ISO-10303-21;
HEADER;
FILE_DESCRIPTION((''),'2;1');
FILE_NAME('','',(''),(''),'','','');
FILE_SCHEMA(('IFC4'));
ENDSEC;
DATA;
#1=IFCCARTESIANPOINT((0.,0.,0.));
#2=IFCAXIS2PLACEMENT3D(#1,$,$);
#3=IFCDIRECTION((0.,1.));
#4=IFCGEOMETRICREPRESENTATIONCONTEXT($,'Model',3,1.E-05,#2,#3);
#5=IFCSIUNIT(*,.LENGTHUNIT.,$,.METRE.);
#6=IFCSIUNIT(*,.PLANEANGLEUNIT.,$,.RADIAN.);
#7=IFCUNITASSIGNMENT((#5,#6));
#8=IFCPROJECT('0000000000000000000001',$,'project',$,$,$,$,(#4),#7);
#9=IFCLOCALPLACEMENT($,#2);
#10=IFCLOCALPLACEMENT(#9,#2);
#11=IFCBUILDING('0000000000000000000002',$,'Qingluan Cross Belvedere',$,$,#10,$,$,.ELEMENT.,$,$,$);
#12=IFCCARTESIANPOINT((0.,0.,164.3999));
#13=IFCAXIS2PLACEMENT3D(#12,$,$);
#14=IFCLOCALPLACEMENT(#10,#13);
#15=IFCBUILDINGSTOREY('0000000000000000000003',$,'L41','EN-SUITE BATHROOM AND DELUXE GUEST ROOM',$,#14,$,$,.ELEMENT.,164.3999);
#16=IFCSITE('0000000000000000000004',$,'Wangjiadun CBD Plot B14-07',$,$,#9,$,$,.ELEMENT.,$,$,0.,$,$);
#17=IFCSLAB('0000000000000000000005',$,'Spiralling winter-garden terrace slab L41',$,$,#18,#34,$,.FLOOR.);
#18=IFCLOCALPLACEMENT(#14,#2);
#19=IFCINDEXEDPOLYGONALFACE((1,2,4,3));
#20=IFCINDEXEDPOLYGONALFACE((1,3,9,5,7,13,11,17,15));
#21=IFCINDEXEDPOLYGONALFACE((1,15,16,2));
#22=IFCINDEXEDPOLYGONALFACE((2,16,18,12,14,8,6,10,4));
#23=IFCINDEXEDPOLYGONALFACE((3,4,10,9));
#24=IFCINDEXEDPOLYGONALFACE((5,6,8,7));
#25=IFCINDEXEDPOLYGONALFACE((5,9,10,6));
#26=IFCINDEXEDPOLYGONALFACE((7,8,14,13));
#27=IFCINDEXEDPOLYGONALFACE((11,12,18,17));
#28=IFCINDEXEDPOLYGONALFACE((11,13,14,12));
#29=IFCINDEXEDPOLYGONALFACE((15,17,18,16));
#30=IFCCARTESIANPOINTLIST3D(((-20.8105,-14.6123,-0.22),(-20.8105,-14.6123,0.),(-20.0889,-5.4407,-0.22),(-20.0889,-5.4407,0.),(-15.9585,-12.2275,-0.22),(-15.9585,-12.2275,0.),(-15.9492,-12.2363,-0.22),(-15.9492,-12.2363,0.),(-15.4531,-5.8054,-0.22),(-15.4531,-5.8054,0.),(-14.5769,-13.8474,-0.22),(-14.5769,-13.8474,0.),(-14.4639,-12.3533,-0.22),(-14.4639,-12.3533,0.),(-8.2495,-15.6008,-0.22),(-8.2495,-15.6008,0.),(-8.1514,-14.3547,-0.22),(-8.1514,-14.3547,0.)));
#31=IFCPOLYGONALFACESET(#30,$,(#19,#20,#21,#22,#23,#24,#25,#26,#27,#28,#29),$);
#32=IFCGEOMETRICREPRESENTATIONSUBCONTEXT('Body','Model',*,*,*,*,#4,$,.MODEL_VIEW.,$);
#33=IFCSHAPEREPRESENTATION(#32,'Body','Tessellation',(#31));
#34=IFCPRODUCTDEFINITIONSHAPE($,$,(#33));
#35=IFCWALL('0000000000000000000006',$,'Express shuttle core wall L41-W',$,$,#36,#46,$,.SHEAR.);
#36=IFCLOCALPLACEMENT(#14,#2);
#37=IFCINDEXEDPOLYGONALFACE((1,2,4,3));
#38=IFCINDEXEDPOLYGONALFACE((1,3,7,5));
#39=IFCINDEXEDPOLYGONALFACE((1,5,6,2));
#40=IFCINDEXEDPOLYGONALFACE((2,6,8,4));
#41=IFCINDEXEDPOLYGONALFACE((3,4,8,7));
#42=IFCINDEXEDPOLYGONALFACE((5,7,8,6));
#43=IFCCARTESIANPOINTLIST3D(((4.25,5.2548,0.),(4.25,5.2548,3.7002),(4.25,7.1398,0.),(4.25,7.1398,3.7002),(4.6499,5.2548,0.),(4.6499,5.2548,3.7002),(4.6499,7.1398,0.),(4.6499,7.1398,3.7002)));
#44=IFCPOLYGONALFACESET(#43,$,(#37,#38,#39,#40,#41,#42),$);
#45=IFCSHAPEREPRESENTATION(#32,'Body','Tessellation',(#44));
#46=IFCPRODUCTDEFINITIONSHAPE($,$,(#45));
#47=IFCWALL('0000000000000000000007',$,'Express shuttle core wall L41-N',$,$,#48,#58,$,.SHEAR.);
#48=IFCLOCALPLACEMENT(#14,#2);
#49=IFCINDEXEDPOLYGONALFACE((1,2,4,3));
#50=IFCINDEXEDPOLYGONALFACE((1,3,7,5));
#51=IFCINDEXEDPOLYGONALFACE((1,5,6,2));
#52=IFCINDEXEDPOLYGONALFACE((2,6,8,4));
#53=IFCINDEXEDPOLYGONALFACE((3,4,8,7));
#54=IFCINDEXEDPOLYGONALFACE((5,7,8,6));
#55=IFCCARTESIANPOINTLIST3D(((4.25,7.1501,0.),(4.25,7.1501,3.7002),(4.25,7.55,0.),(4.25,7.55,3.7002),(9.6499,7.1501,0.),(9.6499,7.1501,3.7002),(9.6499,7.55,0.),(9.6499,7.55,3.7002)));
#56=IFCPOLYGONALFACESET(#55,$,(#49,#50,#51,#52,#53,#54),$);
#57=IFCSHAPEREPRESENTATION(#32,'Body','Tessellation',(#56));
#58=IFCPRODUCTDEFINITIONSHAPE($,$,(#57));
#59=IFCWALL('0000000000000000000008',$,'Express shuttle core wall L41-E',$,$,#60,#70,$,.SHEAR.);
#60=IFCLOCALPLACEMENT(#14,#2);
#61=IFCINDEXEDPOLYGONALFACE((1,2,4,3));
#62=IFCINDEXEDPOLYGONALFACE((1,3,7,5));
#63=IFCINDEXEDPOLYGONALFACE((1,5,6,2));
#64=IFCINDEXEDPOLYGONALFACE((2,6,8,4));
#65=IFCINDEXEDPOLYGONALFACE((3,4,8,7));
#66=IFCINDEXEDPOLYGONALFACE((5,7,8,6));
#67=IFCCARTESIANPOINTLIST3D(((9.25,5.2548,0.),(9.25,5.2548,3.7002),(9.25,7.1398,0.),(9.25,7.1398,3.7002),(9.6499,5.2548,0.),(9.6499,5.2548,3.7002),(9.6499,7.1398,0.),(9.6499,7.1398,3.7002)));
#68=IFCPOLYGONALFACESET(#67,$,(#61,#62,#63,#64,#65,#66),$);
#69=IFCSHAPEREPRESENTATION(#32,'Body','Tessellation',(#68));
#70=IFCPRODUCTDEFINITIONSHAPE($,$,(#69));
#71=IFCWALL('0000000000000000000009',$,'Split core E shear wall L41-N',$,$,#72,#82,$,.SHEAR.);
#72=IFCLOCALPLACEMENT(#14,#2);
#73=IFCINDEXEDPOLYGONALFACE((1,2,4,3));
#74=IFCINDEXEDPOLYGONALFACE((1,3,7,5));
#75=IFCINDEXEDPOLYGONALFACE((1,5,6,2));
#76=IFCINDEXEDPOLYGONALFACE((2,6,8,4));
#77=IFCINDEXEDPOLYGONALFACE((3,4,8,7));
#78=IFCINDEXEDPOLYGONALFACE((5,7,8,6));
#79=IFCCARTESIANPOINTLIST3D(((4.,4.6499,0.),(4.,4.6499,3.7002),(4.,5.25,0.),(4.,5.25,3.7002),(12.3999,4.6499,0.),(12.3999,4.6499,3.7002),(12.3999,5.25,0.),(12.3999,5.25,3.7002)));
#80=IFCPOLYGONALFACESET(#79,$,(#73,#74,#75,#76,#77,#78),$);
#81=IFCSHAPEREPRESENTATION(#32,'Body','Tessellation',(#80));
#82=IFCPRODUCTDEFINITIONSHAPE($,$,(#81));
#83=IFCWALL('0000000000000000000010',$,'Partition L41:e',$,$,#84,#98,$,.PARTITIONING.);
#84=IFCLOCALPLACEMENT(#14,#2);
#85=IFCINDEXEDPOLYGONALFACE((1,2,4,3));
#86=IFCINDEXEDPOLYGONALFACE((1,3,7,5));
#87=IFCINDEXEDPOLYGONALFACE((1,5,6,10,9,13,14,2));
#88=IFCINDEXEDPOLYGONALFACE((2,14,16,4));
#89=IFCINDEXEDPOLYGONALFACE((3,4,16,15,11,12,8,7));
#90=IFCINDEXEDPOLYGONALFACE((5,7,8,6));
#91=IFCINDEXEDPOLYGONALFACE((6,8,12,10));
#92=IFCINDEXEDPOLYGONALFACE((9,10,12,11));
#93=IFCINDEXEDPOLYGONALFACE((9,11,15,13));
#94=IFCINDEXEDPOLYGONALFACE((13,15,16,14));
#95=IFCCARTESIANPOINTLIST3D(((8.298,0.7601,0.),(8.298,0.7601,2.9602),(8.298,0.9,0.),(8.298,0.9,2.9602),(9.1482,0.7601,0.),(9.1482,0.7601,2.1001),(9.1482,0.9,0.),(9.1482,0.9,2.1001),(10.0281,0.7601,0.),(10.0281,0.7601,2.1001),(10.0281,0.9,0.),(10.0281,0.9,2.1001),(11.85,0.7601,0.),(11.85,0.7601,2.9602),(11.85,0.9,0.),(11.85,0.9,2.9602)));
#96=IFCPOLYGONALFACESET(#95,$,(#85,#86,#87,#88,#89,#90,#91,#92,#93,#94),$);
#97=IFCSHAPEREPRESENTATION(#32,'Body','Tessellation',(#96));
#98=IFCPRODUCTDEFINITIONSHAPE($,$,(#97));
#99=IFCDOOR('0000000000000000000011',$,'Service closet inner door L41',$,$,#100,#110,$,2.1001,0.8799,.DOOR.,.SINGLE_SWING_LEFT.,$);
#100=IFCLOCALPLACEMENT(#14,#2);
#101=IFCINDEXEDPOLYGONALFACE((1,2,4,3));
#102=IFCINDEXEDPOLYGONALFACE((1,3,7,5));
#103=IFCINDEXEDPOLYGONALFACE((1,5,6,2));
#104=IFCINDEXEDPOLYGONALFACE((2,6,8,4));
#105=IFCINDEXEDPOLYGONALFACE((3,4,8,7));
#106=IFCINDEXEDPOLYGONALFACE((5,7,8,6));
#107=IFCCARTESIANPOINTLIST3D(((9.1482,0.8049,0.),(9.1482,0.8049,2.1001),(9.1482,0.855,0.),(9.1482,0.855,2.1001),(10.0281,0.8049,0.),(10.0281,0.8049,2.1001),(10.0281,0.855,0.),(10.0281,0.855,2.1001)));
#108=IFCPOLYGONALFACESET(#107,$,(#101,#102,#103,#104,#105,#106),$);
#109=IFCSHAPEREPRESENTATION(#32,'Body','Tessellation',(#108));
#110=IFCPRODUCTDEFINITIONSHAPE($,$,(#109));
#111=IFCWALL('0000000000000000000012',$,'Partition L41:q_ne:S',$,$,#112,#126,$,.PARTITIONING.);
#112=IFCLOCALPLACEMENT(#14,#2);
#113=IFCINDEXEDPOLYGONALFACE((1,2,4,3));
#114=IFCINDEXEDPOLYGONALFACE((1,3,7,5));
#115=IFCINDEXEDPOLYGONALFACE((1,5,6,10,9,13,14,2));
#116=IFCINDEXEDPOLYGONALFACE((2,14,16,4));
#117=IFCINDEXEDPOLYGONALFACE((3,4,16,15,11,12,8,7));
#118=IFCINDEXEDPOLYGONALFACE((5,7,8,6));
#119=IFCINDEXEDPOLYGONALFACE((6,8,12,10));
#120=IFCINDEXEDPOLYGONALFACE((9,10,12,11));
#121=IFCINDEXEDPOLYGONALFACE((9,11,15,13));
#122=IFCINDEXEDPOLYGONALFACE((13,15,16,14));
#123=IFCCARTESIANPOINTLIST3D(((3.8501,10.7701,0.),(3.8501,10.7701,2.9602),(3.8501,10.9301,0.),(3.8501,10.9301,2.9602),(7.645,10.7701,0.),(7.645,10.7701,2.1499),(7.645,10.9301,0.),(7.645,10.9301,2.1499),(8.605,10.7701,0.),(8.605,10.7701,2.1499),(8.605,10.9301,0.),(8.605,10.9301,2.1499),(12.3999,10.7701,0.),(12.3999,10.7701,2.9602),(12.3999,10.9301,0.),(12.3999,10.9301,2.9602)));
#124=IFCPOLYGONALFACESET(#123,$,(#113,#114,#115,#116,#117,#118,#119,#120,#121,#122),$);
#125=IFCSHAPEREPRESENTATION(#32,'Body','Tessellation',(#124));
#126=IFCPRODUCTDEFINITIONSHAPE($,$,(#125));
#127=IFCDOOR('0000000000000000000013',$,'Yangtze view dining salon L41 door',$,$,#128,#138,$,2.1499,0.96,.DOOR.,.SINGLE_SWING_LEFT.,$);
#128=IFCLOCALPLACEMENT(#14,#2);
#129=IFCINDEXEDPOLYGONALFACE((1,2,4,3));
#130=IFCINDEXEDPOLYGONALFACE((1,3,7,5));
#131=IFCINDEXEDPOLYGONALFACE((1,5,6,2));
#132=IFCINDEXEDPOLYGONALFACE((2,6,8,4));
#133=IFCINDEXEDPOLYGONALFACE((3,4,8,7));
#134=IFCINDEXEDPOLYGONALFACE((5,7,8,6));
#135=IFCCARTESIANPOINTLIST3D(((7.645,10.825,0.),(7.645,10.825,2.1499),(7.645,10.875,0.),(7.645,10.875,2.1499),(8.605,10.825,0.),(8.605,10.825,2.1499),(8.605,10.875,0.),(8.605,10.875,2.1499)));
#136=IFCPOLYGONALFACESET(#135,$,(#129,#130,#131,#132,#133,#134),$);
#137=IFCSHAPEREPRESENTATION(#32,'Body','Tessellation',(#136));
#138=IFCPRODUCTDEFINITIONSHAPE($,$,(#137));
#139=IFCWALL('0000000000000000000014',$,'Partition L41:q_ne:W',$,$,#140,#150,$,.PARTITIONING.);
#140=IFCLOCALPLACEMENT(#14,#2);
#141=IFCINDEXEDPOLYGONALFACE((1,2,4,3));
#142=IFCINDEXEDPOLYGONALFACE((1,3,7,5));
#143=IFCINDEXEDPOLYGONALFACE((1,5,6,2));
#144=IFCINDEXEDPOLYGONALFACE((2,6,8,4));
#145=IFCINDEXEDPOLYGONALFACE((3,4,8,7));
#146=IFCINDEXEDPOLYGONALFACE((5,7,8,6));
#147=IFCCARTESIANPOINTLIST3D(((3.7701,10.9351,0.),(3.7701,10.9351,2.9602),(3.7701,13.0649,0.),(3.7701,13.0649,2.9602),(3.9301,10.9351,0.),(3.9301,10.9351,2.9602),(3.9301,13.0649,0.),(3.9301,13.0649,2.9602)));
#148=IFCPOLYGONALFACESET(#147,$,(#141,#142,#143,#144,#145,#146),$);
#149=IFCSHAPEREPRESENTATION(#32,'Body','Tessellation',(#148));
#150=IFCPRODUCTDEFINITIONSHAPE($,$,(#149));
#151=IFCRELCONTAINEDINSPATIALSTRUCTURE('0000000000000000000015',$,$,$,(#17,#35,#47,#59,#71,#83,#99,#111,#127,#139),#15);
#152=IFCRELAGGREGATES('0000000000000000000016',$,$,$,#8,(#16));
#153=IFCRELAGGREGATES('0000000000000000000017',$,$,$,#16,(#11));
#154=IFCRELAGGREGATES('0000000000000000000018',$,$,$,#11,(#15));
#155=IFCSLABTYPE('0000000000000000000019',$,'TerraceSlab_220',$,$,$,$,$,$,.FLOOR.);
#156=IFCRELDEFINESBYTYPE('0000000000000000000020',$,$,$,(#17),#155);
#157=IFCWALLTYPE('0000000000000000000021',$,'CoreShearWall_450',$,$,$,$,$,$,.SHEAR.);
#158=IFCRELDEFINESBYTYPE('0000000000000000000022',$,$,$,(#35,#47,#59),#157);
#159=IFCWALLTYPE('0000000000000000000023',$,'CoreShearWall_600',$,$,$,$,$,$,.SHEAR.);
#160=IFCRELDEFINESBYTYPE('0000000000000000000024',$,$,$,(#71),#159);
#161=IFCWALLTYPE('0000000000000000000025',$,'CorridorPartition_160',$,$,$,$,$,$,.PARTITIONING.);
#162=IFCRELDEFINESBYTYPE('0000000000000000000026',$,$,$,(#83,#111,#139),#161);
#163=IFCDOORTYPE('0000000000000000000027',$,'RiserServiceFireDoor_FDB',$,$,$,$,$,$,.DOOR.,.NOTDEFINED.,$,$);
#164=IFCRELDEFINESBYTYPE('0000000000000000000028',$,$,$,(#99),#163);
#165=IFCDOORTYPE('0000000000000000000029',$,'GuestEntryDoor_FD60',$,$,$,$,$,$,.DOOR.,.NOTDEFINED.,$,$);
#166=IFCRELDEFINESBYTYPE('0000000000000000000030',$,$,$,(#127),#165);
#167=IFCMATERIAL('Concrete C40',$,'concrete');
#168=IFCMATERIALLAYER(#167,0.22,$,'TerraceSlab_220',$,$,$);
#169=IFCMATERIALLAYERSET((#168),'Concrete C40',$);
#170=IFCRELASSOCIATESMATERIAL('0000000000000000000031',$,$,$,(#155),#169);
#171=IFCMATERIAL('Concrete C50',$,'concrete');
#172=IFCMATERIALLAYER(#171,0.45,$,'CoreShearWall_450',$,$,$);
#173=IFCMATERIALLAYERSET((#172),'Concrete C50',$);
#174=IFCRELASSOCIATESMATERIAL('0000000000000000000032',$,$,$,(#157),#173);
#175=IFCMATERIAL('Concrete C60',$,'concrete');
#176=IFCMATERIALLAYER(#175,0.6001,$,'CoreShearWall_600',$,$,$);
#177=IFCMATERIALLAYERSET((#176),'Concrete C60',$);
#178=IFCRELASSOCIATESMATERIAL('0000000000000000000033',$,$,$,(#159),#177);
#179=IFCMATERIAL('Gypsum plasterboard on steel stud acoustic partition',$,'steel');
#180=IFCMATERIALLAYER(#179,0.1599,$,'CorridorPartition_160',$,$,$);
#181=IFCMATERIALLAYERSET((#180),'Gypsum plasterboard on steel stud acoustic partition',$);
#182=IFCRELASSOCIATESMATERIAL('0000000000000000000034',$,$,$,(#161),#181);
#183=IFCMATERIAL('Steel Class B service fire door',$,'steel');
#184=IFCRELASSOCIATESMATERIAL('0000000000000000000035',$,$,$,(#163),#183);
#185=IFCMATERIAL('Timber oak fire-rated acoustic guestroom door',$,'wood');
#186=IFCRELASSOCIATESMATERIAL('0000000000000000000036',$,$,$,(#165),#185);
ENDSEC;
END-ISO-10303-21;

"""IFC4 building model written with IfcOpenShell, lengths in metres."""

from ifc_helpers import new_model, si_unit, direction, frame, frame_2d, origin, place, context, subcontext, project, spatial, polyline, rectangle, outline, extrude, material, layer, layer_set, type_object, element, fill, save


model = new_model("IFC4")

# Units and contexts
model_context = context("Model", 3, precision=1e-05, world=origin(), true_north=direction((0.0, 1.0)))
body_context = subcontext(model_context, "Body", "Model", "MODEL_VIEW")
ifc_project = project(units=[si_unit("LENGTHUNIT", "METRE"), si_unit("PLANEANGLEUNIT", "RADIAN")], contexts=[model_context])

# Site, building, storey
site_placement = place(None, origin())
site = spatial("IfcSite", under=ifc_project, at=site_placement, Name="Wangjiadun CBD Plot B14-07", CompositionType="ELEMENT", RefElevation=0.0)
building_placement = place(site_placement, origin())
building = spatial("IfcBuilding", under=site, at=building_placement, Name="Qingluan Cross Belvedere", CompositionType="ELEMENT")
storey_placement = place(building_placement, frame((0.0, 0.0, 164.3999)))
storey = spatial("IfcBuildingStorey", under=building, at=storey_placement, Name="L41", Description="EN-SUITE BATHROOM AND DELUXE GUEST ROOM", CompositionType="ELEMENT", Elevation=164.3999)

# Slab
ifc_material_1 = material(Name="Concrete C40", Category="concrete")
ifc_layer_1 = layer(ifc_material_1, 0.22, Name="TerraceSlab_220")
ifc_layer_set_1 = layer_set([ifc_layer_1], Name="Concrete C40")
slab_type_1 = type_object("IfcSlabType", Name="TerraceSlab_220", PredefinedType="FLOOR", material=ifc_layer_set_1)
slab_1_placement = place(storey_placement, frame((0.0, 0.0, -0.22)))
element("IfcSlab", 1, at=slab_1_placement, inside=storey, type_object=slab_type_1, Name="Spiralling winter-garden terrace slab L41", PredefinedType="FLOOR", context=body_context, shape_type="SweptSolid", body=[
    extrude(outline(polyline([(-8.1514, -14.3547), (-14.5769, -13.8474), (-14.4639, -12.3533), (-15.9492, -12.2363), (-15.9585, -12.2275), (-15.4531, -5.8054), (-20.0889, -5.4407), (-20.8105, -14.6123), (-8.2495, -15.6008), (-8.1514, -14.3547)])), origin(), (0.0, 0.0, 1.0), 0.22),
])

# Walls
ifc_material_2 = material(Name="Concrete C50", Category="concrete")
ifc_layer_2 = layer(ifc_material_2, 0.45, Name="CoreShearWall_450")
ifc_layer_set_2 = layer_set([ifc_layer_2], Name="Concrete C50")
wall_type_1 = type_object("IfcWallType", Name="CoreShearWall_450", PredefinedType="SHEAR", material=ifc_layer_set_2)
wall_1_placement = place(storey_placement, frame((4.45, 5.2549, 0.0), z_axis=(0.0, 0.0, 1.0), x_axis=(0.0, 1.0, 0.0)))
element("IfcWall", 2, at=wall_1_placement, inside=storey, type_object=wall_type_1, Name="Express shuttle core wall L41-W", PredefinedType="SHEAR", context=body_context, shape_type="SweptSolid", body=[
    extrude(rectangle(XDim=1.885, YDim=0.3999, at=frame_2d((0.9424, 0.0))), origin(), (0.0, 0.0, 1.0), 3.7002),
])
wall_2_placement = place(storey_placement, frame((4.25, 7.3501, 0.0), z_axis=(0.0, 0.0, 1.0), x_axis=(1.0, 0.0, 0.0)))
element("IfcWall", 3, at=wall_2_placement, inside=storey, type_object=wall_type_1, Name="Express shuttle core wall L41-N", PredefinedType="SHEAR", context=body_context, shape_type="SweptSolid", body=[
    extrude(rectangle(XDim=5.3999, YDim=0.3999, at=frame_2d((2.7, 0.0))), origin(), (0.0, 0.0, 1.0), 3.7002),
])
wall_3_placement = place(storey_placement, frame((9.45, 5.2549, 0.0), z_axis=(0.0, 0.0, 1.0), x_axis=(0.0, 1.0, 0.0)))
element("IfcWall", 4, at=wall_3_placement, inside=storey, type_object=wall_type_1, Name="Express shuttle core wall L41-E", PredefinedType="SHEAR", context=body_context, shape_type="SweptSolid", body=[
    extrude(rectangle(XDim=1.885, YDim=0.3999, at=frame_2d((0.9424, 0.0))), origin(), (0.0, 0.0, 1.0), 3.7002),
])
ifc_material_3 = material(Name="Concrete C60", Category="concrete")
ifc_layer_3 = layer(ifc_material_3, 0.6001, Name="CoreShearWall_600")
ifc_layer_set_3 = layer_set([ifc_layer_3], Name="Concrete C60")
wall_type_2 = type_object("IfcWallType", Name="CoreShearWall_600", PredefinedType="SHEAR", material=ifc_layer_set_3)
wall_4_placement = place(storey_placement, frame((4.0, 4.95, 0.0), z_axis=(0.0, 0.0, 1.0), x_axis=(1.0, 0.0, 0.0)))
element("IfcWall", 5, at=wall_4_placement, inside=storey, type_object=wall_type_2, Name="Split core E shear wall L41-N", PredefinedType="SHEAR", context=body_context, shape_type="SweptSolid", body=[
    extrude(rectangle(XDim=8.3999, YDim=0.6001, at=frame_2d((4.2, 0.0))), origin(), (0.0, 0.0, 1.0), 3.7002),
])

# Walls, openings, doors
ifc_material_4 = material(Name="Gypsum plasterboard on steel stud acoustic partition", Category="steel")
ifc_layer_4 = layer(ifc_material_4, 0.1599, Name="CorridorPartition_160")
ifc_layer_set_4 = layer_set([ifc_layer_4], Name="Gypsum plasterboard on steel stud acoustic partition")
wall_type_3 = type_object("IfcWallType", Name="CorridorPartition_160", PredefinedType="PARTITIONING", material=ifc_layer_set_4)
wall_5_placement = place(storey_placement, frame((8.2981, 0.8301, 0.0), z_axis=(0.0, 0.0, 1.0), x_axis=(1.0, 0.0, 0.0)))
wall_5 = element("IfcWall", 6, at=wall_5_placement, inside=storey, type_object=wall_type_3, Name="Partition L41:e", PredefinedType="PARTITIONING", context=body_context, shape_type="SweptSolid", body=[
    extrude(rectangle(XDim=3.552, YDim=0.1399, at=frame_2d((1.7759, 0.0))), origin(), (0.0, 0.0, 1.0), 2.9602),
])
opening_1_placement = place(wall_5_placement, frame((0.8501, 0.0, 0.0)))
opening_1 = element("IfcOpeningElement", 7, at=opening_1_placement, cuts=wall_5, PredefinedType="OPENING", context=body_context, shape_type="SweptSolid", body=[
    extrude(rectangle(XDim=0.8799, YDim=2.1001, at=frame_2d((0.4399, 1.05))), frame((0.0, 0.0798, 0.0), z_axis=(0.0, -1.0, 0.0), x_axis=(1.0, 0.0, 0.0)), (0.0, 0.0, 1.0), 0.1599),
])
ifc_material_5 = material(Name="Steel Class B service fire door", Category="steel")
door_type_1 = type_object("IfcDoorType", Name="RiserServiceFireDoor_FDB", OperationType="NOTDEFINED", PredefinedType="DOOR", material=ifc_material_5)
door_1_placement = place(opening_1_placement, origin())
door_1 = element("IfcDoor", 8, at=door_1_placement, inside=storey, type_object=door_type_1, Name="Service closet inner door L41", OperationType="SINGLE_SWING_LEFT", OverallHeight=2.1001, OverallWidth=0.8799, PredefinedType="DOOR", context=body_context, shape_type="SweptSolid", body=[
    extrude(rectangle(XDim=0.8799, YDim=2.1001, at=frame_2d((0.4399, 1.05))), frame((0.0, 0.0249, 0.0), z_axis=(0.0, -1.0, 0.0), x_axis=(1.0, 0.0, 0.0)), (0.0, 0.0, 1.0), 0.05),
])
fill(opening_1, door_1)
wall_6_placement = place(storey_placement, frame((3.8501, 10.8501, 0.0), z_axis=(0.0, 0.0, 1.0), x_axis=(1.0, 0.0, 0.0)))
wall_6 = element("IfcWall", 9, at=wall_6_placement, inside=storey, type_object=wall_type_3, Name="Partition L41:q_ne:S", PredefinedType="PARTITIONING", context=body_context, shape_type="SweptSolid", body=[
    extrude(rectangle(XDim=8.5498, YDim=0.1599, at=frame_2d((4.2749, 0.0))), origin(), (0.0, 0.0, 1.0), 2.9602),
])
opening_2_placement = place(wall_6_placement, frame((3.7949, 0.0, 0.0)))
opening_2 = element("IfcOpeningElement", 10, at=opening_2_placement, cuts=wall_6, PredefinedType="OPENING", context=body_context, shape_type="SweptSolid", body=[
    extrude(rectangle(XDim=0.96, YDim=2.1499, at=frame_2d((0.48, 1.075))), frame((0.0, 0.0898, 0.0), z_axis=(0.0, -1.0, 0.0), x_axis=(1.0, 0.0, 0.0)), (0.0, 0.0, 1.0), 0.1799),
])
ifc_material_6 = material(Name="Timber oak fire-rated acoustic guestroom door", Category="wood")
door_type_2 = type_object("IfcDoorType", Name="GuestEntryDoor_FD60", OperationType="NOTDEFINED", PredefinedType="DOOR", material=ifc_material_6)
door_2_placement = place(opening_2_placement, origin())
door_2 = element("IfcDoor", 11, at=door_2_placement, inside=storey, type_object=door_type_2, Name="Yangtze view dining salon L41 door", OperationType="SINGLE_SWING_LEFT", OverallHeight=2.1499, OverallWidth=0.96, PredefinedType="DOOR", context=body_context, shape_type="SweptSolid", body=[
    extrude(rectangle(XDim=0.96, YDim=2.1499, at=frame_2d((0.48, 1.075))), frame((0.0, 0.0249, 0.0), z_axis=(0.0, -1.0, 0.0), x_axis=(1.0, 0.0, 0.0)), (0.0, 0.0, 1.0), 0.05),
])
fill(opening_2, door_2)

# Wall
wall_7_placement = place(storey_placement, frame((3.8501, 10.9351, 0.0), z_axis=(0.0, 0.0, 1.0), x_axis=(0.0, 1.0, 0.0)))
element("IfcWall", 12, at=wall_7_placement, inside=storey, type_object=wall_type_3, Name="Partition L41:q_ne:W", PredefinedType="PARTITIONING", context=body_context, shape_type="SweptSolid", body=[
    extrude(rectangle(XDim=2.1299, YDim=0.1599, at=frame_2d((1.0649, 0.0))), origin(), (0.0, 0.0, 1.0), 2.9602),
])

save(model, "model.ifc")
